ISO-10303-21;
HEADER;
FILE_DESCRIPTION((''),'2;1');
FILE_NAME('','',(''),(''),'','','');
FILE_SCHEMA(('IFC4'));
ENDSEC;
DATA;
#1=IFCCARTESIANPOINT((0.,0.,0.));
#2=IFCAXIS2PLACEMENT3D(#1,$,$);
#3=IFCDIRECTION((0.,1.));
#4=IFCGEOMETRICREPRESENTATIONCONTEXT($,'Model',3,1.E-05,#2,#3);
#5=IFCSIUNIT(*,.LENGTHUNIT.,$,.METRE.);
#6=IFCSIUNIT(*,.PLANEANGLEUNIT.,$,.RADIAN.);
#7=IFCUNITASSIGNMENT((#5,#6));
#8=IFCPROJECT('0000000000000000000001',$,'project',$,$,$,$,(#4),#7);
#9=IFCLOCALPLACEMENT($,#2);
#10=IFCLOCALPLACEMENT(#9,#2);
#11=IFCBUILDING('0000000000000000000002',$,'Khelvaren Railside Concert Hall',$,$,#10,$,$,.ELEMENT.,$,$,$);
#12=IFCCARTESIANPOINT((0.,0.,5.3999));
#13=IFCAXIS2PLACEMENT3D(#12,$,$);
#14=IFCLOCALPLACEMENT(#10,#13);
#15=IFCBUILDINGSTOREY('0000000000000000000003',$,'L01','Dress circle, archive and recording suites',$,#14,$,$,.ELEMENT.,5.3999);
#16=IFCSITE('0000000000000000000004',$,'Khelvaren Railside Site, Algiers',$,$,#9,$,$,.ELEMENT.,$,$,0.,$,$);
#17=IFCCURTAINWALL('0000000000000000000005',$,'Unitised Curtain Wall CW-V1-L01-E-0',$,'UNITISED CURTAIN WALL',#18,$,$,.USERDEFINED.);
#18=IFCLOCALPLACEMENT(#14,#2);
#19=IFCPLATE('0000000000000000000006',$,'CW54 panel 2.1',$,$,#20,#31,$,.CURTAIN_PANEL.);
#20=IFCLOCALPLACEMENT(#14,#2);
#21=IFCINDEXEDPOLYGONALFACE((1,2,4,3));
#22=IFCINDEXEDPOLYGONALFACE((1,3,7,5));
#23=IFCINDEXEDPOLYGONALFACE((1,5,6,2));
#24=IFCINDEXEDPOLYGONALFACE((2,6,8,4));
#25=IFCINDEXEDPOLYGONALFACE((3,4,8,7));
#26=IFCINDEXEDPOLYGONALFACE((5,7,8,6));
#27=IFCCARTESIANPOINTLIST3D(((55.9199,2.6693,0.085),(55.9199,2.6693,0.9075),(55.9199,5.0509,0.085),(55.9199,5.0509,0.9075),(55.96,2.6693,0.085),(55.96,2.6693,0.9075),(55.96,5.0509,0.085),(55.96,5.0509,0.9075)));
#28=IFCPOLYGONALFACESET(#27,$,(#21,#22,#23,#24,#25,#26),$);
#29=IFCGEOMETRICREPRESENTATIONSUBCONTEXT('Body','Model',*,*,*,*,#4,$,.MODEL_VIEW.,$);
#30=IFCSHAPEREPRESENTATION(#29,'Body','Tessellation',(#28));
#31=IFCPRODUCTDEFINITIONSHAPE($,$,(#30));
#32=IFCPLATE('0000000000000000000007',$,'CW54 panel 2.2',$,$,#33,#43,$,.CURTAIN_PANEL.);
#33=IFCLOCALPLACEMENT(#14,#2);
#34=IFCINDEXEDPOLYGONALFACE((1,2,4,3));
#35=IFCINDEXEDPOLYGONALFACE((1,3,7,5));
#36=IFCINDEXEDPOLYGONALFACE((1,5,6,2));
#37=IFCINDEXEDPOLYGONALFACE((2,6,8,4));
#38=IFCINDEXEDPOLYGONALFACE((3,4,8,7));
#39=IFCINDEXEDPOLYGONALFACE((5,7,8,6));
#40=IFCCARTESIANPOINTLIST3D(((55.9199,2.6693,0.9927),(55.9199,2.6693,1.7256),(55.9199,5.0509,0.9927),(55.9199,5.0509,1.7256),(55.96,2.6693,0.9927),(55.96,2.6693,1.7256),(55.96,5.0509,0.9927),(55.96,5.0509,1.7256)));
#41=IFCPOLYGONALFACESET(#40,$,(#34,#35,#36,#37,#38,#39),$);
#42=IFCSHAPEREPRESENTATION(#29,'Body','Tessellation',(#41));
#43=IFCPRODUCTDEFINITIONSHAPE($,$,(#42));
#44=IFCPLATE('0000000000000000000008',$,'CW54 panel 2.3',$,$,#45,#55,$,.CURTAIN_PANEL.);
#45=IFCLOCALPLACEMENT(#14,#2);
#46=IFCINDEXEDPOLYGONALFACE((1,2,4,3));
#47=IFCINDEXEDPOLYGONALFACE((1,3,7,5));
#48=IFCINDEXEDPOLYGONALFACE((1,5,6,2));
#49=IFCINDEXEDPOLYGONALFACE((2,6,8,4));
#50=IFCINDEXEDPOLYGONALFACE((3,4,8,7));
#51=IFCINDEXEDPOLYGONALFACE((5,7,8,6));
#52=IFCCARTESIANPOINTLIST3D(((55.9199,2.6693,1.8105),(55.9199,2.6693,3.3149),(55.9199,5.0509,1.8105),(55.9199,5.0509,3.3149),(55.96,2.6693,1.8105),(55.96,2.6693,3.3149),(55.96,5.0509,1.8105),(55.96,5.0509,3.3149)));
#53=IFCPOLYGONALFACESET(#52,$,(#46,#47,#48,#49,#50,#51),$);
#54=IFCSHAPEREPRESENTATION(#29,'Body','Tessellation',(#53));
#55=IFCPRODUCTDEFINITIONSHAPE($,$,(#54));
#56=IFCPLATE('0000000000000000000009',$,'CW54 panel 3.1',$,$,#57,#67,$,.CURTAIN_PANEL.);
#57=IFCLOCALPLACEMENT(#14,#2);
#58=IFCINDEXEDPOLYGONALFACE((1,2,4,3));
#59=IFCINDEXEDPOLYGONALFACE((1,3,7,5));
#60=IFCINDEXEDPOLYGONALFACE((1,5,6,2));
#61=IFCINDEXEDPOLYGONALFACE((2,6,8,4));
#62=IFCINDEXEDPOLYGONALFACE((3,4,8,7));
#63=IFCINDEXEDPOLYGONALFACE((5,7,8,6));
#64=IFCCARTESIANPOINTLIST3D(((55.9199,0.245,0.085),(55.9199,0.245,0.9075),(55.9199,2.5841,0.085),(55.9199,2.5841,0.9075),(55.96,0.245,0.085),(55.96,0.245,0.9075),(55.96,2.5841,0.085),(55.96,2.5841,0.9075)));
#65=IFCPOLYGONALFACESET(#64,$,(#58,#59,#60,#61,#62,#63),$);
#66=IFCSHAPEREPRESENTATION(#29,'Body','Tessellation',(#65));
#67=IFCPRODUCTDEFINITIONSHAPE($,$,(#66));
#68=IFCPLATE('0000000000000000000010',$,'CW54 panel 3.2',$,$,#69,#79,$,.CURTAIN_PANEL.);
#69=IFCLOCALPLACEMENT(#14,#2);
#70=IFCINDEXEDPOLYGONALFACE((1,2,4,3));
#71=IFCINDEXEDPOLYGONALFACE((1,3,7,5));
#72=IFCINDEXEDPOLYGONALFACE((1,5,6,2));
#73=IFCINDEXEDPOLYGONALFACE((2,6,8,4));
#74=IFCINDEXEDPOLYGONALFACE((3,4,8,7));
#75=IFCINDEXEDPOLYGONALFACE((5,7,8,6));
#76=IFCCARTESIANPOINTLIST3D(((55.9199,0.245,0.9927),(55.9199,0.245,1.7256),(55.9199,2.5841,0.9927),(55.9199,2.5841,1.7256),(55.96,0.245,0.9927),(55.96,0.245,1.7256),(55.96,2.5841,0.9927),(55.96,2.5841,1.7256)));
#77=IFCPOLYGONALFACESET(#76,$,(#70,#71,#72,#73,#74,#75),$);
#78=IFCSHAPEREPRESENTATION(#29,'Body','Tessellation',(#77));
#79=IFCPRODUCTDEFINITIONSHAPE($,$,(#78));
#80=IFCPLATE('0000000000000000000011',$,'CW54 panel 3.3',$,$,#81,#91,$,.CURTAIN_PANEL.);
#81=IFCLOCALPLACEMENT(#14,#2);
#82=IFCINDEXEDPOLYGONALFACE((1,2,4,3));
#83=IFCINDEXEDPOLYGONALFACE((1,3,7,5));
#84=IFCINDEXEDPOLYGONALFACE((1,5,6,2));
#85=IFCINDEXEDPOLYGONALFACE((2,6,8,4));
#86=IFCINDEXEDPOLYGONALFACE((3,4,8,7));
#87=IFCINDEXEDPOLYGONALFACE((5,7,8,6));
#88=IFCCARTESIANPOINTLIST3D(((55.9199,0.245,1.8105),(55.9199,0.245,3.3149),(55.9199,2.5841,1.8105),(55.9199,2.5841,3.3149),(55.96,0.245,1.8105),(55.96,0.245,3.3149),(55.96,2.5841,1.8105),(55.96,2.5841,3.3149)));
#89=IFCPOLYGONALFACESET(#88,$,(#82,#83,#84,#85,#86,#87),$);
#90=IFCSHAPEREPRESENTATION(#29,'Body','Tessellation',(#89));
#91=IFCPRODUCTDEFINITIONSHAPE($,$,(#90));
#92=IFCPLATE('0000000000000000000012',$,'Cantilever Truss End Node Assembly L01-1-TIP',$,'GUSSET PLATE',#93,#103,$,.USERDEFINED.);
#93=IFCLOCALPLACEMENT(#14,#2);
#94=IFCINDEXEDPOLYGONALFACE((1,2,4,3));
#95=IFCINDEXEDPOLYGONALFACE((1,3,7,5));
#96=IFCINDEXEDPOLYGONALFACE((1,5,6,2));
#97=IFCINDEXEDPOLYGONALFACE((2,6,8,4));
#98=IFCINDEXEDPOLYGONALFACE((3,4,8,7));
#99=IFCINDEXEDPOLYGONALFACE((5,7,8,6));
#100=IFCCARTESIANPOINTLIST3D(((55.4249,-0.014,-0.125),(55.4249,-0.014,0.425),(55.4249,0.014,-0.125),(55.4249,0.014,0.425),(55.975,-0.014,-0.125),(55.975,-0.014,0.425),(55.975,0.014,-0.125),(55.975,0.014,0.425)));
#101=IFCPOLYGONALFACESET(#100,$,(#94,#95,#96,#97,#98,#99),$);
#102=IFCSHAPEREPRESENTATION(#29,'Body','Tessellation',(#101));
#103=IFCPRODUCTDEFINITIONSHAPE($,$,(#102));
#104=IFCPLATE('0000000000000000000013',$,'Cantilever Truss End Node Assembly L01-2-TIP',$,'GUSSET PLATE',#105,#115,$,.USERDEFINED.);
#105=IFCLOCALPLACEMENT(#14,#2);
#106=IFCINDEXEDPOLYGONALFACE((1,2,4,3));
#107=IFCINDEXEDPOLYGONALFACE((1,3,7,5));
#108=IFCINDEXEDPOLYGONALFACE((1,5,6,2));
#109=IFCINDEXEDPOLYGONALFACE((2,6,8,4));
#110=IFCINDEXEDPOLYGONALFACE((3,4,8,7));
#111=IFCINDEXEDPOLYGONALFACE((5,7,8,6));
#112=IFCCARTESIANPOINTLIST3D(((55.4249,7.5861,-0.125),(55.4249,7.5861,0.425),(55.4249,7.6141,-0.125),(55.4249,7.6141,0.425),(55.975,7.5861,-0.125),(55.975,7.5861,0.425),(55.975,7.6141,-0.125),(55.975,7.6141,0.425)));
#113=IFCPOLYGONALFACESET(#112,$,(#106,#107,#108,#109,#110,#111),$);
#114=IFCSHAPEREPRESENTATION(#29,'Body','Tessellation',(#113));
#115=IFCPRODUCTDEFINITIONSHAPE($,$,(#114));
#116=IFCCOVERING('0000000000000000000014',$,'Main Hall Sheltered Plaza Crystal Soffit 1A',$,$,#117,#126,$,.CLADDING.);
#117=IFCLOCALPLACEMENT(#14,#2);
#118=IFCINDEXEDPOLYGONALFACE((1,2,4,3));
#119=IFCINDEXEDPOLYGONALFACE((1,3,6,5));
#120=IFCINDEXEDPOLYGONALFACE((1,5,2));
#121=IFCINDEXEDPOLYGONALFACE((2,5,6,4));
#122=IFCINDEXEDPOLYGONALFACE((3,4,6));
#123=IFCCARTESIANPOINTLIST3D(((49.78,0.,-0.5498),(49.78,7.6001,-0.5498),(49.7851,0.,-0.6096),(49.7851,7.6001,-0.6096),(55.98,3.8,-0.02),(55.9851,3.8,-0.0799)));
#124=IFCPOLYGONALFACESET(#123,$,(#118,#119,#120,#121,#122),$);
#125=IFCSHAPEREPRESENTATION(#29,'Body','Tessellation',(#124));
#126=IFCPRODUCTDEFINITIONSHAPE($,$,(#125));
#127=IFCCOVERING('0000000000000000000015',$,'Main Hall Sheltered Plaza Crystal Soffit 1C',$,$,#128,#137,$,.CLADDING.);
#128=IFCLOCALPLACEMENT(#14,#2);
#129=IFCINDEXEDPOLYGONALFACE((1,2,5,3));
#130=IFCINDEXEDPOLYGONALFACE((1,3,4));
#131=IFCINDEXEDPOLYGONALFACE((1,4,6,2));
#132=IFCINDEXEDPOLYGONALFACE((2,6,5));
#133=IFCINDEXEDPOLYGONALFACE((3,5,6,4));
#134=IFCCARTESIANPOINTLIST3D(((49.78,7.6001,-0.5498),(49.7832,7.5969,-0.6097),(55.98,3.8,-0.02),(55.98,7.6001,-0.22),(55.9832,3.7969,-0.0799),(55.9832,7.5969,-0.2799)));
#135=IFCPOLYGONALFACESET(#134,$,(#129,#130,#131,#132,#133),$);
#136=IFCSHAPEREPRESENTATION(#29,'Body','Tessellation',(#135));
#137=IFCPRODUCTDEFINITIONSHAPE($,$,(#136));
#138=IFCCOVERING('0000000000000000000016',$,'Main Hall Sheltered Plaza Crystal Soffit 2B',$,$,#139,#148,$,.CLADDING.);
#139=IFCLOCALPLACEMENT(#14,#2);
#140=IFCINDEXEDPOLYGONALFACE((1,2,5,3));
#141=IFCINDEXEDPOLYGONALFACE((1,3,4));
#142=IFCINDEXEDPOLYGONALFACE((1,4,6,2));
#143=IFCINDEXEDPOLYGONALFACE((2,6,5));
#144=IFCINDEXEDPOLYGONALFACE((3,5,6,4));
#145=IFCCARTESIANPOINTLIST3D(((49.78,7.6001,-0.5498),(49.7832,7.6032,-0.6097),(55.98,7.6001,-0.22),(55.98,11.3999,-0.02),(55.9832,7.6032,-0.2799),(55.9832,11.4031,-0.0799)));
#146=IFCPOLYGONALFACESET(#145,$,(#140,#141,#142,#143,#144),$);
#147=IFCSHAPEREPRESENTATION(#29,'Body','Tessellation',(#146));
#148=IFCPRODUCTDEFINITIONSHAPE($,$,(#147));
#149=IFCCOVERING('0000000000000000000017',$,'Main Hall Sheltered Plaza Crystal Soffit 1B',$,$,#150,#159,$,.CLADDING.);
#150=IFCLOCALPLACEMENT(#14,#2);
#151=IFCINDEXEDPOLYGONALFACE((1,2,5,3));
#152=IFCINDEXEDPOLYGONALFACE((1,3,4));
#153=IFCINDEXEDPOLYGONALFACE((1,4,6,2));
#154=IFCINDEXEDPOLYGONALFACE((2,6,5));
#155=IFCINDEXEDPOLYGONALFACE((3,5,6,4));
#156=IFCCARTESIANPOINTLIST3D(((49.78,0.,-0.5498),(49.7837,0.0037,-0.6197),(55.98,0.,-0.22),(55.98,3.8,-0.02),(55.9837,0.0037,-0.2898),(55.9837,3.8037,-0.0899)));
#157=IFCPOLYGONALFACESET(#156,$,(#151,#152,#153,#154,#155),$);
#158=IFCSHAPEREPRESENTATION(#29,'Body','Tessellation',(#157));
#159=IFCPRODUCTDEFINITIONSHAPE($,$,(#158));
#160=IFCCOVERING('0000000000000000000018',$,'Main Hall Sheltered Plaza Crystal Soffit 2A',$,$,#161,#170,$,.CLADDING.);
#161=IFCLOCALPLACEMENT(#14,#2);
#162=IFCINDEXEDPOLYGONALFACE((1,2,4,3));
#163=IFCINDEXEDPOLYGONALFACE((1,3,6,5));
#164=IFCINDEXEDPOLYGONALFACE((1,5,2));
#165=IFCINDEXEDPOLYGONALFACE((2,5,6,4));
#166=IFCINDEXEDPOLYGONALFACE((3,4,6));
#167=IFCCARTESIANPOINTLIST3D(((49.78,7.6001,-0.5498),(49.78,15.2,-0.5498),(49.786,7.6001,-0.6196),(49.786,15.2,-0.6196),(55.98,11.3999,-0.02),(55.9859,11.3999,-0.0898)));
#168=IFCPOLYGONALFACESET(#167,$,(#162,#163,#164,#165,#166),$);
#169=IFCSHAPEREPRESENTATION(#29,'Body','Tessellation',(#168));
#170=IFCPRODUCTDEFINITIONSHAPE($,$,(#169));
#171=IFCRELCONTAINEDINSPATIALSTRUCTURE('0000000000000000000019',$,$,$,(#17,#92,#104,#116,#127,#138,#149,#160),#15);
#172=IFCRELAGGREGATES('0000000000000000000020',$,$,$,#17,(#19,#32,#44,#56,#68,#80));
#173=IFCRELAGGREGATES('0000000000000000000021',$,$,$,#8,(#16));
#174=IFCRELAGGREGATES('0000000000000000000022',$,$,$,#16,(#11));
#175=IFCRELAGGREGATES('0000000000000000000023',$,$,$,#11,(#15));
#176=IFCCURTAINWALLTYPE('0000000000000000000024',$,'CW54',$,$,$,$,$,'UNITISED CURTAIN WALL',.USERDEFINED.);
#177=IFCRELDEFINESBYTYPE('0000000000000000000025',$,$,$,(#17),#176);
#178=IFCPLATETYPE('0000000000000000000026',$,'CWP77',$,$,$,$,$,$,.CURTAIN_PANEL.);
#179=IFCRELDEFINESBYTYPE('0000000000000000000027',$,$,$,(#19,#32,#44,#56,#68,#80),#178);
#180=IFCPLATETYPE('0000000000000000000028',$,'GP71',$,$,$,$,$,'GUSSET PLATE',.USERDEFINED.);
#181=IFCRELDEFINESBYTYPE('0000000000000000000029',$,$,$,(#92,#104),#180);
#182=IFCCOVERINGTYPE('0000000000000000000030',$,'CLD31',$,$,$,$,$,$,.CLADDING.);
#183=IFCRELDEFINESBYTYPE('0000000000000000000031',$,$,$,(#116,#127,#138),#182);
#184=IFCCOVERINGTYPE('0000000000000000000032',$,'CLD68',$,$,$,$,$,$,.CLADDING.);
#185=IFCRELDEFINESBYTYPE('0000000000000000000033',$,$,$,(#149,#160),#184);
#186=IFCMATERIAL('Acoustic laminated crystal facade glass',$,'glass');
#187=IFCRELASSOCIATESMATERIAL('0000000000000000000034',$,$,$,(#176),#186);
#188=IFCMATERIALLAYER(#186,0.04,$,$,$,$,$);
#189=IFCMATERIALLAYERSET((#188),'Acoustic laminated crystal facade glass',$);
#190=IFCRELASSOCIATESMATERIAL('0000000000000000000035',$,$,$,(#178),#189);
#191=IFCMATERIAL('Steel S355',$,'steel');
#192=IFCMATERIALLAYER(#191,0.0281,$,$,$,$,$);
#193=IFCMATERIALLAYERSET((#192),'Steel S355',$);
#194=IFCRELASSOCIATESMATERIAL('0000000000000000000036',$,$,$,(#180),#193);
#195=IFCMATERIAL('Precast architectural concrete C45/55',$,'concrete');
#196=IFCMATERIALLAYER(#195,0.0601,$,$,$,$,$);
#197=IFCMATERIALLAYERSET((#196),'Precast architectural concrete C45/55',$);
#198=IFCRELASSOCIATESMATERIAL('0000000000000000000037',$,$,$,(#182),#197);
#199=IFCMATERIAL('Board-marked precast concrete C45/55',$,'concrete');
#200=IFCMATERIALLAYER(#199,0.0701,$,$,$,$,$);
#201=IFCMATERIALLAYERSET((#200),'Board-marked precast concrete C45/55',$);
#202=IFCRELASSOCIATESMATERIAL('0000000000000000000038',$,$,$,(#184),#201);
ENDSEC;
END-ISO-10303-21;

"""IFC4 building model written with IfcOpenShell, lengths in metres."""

from ifc_helpers import new_model, si_unit, direction, frame, origin, origin_2d, place, context, subcontext, project, spatial, polyline, rectangle, outline, extrude, material, layer, layer_set, type_object, element, aggregate, save


model = new_model("IFC4")

# Units and contexts
model_context = context("Model", 3, precision=1e-05, world=origin(), true_north=direction((0.0, 1.0)))
body_context = subcontext(model_context, "Body", "Model", "MODEL_VIEW")
ifc_project = project(units=[si_unit("LENGTHUNIT", "METRE"), si_unit("PLANEANGLEUNIT", "RADIAN")], contexts=[model_context])

# Site, building, storey
site_placement = place(None, origin())
site = spatial("IfcSite", under=ifc_project, at=site_placement, Name="Khelvaren Railside Site, Algiers", CompositionType="ELEMENT", RefElevation=0.0)
building_placement = place(site_placement, origin())
building = spatial("IfcBuilding", under=site, at=building_placement, Name="Khelvaren Railside Concert Hall", CompositionType="ELEMENT")
storey_placement = place(building_placement, frame((0.0, 0.0, 5.3999)))
storey = spatial("IfcBuildingStorey", under=building, at=storey_placement, Name="L01", Description="Dress circle, archive and recording suites", CompositionType="ELEMENT", Elevation=5.3999)

# Shared definitions
ifc_material_1 = material(Name="Steel S355", Category="steel")

# Curtain wall
ifc_material_2 = material(Name="Acoustic laminated crystal facade glass", Category="glass")
curtain_wall_type = type_object("IfcCurtainWallType", Name="CW54", ElementType="UNITISED CURTAIN WALL", PredefinedType="USERDEFINED", material=ifc_material_2)
curtain_wall_placement = place(storey_placement, origin())
curtain_wall = element("IfcCurtainWall", 1, at=curtain_wall_placement, inside=storey, type_object=curtain_wall_type, Name="Unitised Curtain Wall CW-V1-L01-E-0", ObjectType="UNITISED CURTAIN WALL", PredefinedType="USERDEFINED")

# Plates
ifc_layer_1 = layer(ifc_material_2, 0.04)
ifc_layer_set_1 = layer_set([ifc_layer_1], Name="Acoustic laminated crystal facade glass")
plate_type_1 = type_object("IfcPlateType", Name="CWP77", PredefinedType="CURTAIN_PANEL", material=ifc_layer_set_1)
plate_1_placement = place(storey_placement, frame((55.9399, 3.8601, 0.085), z_axis=(0.0, 0.0, 1.0), x_axis=(0.0, -1.0, 0.0)))
plate_1 = element("IfcPlate", 2, at=plate_1_placement, type_object=plate_type_1, Name="CW54 panel 2.1", PredefinedType="CURTAIN_PANEL", context=body_context, shape_type="SweptSolid", body=[
    extrude(rectangle(XDim=2.3816, YDim=0.04, at=origin_2d()), origin(), (0.0, 0.0, 1.0), 0.8225),
])
plate_2_placement = place(storey_placement, frame((55.9399, 3.8601, 0.9927), z_axis=(0.0, 0.0, 1.0), x_axis=(0.0, -1.0, 0.0)))
plate_2 = element("IfcPlate", 3, at=plate_2_placement, type_object=plate_type_1, Name="CW54 panel 2.2", PredefinedType="CURTAIN_PANEL", context=body_context, shape_type="SweptSolid", body=[
    extrude(rectangle(XDim=2.3816, YDim=0.04, at=origin_2d()), origin(), (0.0, 0.0, 1.0), 0.7329),
])
plate_3_placement = place(storey_placement, frame((55.9399, 3.8601, 1.8105), z_axis=(0.0, 0.0, 1.0), x_axis=(0.0, -1.0, 0.0)))
plate_3 = element("IfcPlate", 4, at=plate_3_placement, type_object=plate_type_1, Name="CW54 panel 2.3", PredefinedType="CURTAIN_PANEL", context=body_context, shape_type="SweptSolid", body=[
    extrude(rectangle(XDim=2.3816, YDim=0.04, at=origin_2d()), origin(), (0.0, 0.0, 1.0), 1.5044),
])
plate_4_placement = place(storey_placement, frame((55.9399, 1.4146, 0.085), z_axis=(0.0, 0.0, 1.0), x_axis=(0.0, -1.0, 0.0)))
plate_4 = element("IfcPlate", 5, at=plate_4_placement, type_object=plate_type_1, Name="CW54 panel 3.1", PredefinedType="CURTAIN_PANEL", context=body_context, shape_type="SweptSolid", body=[
    extrude(rectangle(XDim=2.3391, YDim=0.04, at=origin_2d()), origin(), (0.0, 0.0, 1.0), 0.8225),
])
plate_5_placement = place(storey_placement, frame((55.9399, 1.4146, 0.9927), z_axis=(0.0, 0.0, 1.0), x_axis=(0.0, -1.0, 0.0)))
plate_5 = element("IfcPlate", 6, at=plate_5_placement, type_object=plate_type_1, Name="CW54 panel 3.2", PredefinedType="CURTAIN_PANEL", context=body_context, shape_type="SweptSolid", body=[
    extrude(rectangle(XDim=2.3391, YDim=0.04, at=origin_2d()), origin(), (0.0, 0.0, 1.0), 0.7329),
])
plate_6_placement = place(storey_placement, frame((55.9399, 1.4146, 1.8105), z_axis=(0.0, 0.0, 1.0), x_axis=(0.0, -1.0, 0.0)))
plate_6 = element("IfcPlate", 7, at=plate_6_placement, type_object=plate_type_1, Name="CW54 panel 3.3", PredefinedType="CURTAIN_PANEL", context=body_context, shape_type="SweptSolid", body=[
    extrude(rectangle(XDim=2.3391, YDim=0.04, at=origin_2d()), origin(), (0.0, 0.0, 1.0), 1.5044),
])
aggregate(curtain_wall, [plate_1, plate_2, plate_3, plate_4, plate_5, plate_6])

# Plates
ifc_layer_2 = layer(ifc_material_1, 0.0281)
ifc_layer_set_2 = layer_set([ifc_layer_2], Name="Steel S355")
plate_type_2 = type_object("IfcPlateType", Name="GP71", ElementType="GUSSET PLATE", PredefinedType="USERDEFINED", material=ifc_layer_set_2)
for number, where, z_axis, x_axis, name in (
    (8, (55.7, 0.0, -0.125), (0.0, 0.0, 1.0), (1.0, 0.0, 0.0), "Cantilever Truss End Node Assembly L01-1-TIP"),
    (9, (55.7, 7.6001, -0.125), (0.0, 0.0, 1.0), (1.0, 0.0, 0.0), "Cantilever Truss End Node Assembly L01-2-TIP"),
):
    element("IfcPlate", number, at=place(storey_placement, frame(where, z_axis=z_axis, x_axis=x_axis)), inside=storey, type_object=plate_type_2, Name=name, ObjectType="GUSSET PLATE", PredefinedType="USERDEFINED", context=body_context, shape_type="SweptSolid", body=[
        extrude(rectangle(XDim=0.55, YDim=0.0281, at=origin_2d()), origin(), (0.0, 0.0, 1.0), 0.55),
    ])

# Coverings
ifc_material_3 = material(Name="Precast architectural concrete C45/55", Category="concrete")
ifc_layer_3 = layer(ifc_material_3, 0.0601)
ifc_layer_set_3 = layer_set([ifc_layer_3], Name="Precast architectural concrete C45/55")
covering_type_1 = type_object("IfcCoveringType", Name="CLD31", PredefinedType="CLADDING", material=ifc_layer_set_3)
covering_1_placement = place(storey_placement, frame((49.78, 0.0, -0.5498), z_axis=(-0.08514, 0.0, 0.996369), x_axis=(0.0, 1.0, 0.0)))
element("IfcCovering", 10, at=covering_1_placement, inside=storey, type_object=covering_type_1, Name="Main Hall Sheltered Plaza Crystal Soffit 1A", PredefinedType="CLADDING", context=body_context, shape_type="SweptSolid", body=[
    extrude(outline(polyline([(0.0, 0.0), (7.6001, 0.0), (3.8, -6.2225), (0.0, 0.0)])), origin(), (0.0, 0.0, -1.0), 0.0601),
])
covering_2_placement = place(storey_placement, frame((49.78, 7.6001, -0.5498), z_axis=(-0.053051, 0.052471, 0.997212), x_axis=(0.998588, 0.0, 0.053124)))
element("IfcCovering", 11, at=covering_2_placement, inside=storey, type_object=covering_type_1, Name="Main Hall Sheltered Plaza Crystal Soffit 1C", PredefinedType="CLADDING", context=body_context, shape_type="SweptSolid", body=[
    extrude(outline(polyline([(0.0, 0.0), (6.2087, 0.0), (6.2193, -3.8053), (0.0, 0.0)])), origin(), (0.0, 0.0, -1.0), 0.0601),
])
covering_3_placement = place(storey_placement, frame((49.78, 7.6001, -0.5498), z_axis=(-0.053051, -0.052475, 0.997212), x_axis=(0.998588, 0.0, 0.053124)))
element("IfcCovering", 12, at=covering_3_placement, inside=storey, type_object=covering_type_1, Name="Main Hall Sheltered Plaza Crystal Soffit 2B", PredefinedType="CLADDING", context=body_context, shape_type="SweptSolid", body=[
    extrude(outline(polyline([(0.0, 0.0), (6.2087, 0.0), (6.2193, 3.805), (0.0, 0.0)])), origin(), (0.0, 0.0, -1.0), 0.0601),
])
ifc_material_4 = material(Name="Board-marked precast concrete C45/55", Category="concrete")
ifc_layer_4 = layer(ifc_material_4, 0.0701)
ifc_layer_set_4 = layer_set([ifc_layer_4], Name="Board-marked precast concrete C45/55")
covering_type_2 = type_object("IfcCoveringType", Name="CLD68", PredefinedType="CLADDING", material=ifc_layer_set_4)
covering_4_placement = place(storey_placement, frame((49.78, 0.0, -0.5498), z_axis=(-0.053051, -0.052471, 0.997212), x_axis=(0.998588, 0.0, 0.053124)))
element("IfcCovering", 13, at=covering_4_placement, inside=storey, type_object=covering_type_2, Name="Main Hall Sheltered Plaza Crystal Soffit 1B", PredefinedType="CLADDING", context=body_context, shape_type="SweptSolid", body=[
    extrude(outline(polyline([(0.0, 0.0), (6.2087, 0.0), (6.2193, 3.8053), (0.0, 0.0)])), origin(), (0.0, 0.0, -1.0), 0.0701),
])
covering_5_placement = place(storey_placement, frame((49.78, 7.6001, -0.5498), z_axis=(-0.08514, 0.0, 0.996369), x_axis=(0.0, 1.0, 0.0)))
element("IfcCovering", 14, at=covering_5_placement, inside=storey, type_object=covering_type_2, Name="Main Hall Sheltered Plaza Crystal Soffit 2A", PredefinedType="CLADDING", context=body_context, shape_type="SweptSolid", body=[
    extrude(outline(polyline([(0.0, 0.0), (7.5999, 0.0), (3.7998, -6.2225), (0.0, 0.0)])), origin(), (0.0, 0.0, -1.0), 0.0701),
])

save(model, "model.ifc")
